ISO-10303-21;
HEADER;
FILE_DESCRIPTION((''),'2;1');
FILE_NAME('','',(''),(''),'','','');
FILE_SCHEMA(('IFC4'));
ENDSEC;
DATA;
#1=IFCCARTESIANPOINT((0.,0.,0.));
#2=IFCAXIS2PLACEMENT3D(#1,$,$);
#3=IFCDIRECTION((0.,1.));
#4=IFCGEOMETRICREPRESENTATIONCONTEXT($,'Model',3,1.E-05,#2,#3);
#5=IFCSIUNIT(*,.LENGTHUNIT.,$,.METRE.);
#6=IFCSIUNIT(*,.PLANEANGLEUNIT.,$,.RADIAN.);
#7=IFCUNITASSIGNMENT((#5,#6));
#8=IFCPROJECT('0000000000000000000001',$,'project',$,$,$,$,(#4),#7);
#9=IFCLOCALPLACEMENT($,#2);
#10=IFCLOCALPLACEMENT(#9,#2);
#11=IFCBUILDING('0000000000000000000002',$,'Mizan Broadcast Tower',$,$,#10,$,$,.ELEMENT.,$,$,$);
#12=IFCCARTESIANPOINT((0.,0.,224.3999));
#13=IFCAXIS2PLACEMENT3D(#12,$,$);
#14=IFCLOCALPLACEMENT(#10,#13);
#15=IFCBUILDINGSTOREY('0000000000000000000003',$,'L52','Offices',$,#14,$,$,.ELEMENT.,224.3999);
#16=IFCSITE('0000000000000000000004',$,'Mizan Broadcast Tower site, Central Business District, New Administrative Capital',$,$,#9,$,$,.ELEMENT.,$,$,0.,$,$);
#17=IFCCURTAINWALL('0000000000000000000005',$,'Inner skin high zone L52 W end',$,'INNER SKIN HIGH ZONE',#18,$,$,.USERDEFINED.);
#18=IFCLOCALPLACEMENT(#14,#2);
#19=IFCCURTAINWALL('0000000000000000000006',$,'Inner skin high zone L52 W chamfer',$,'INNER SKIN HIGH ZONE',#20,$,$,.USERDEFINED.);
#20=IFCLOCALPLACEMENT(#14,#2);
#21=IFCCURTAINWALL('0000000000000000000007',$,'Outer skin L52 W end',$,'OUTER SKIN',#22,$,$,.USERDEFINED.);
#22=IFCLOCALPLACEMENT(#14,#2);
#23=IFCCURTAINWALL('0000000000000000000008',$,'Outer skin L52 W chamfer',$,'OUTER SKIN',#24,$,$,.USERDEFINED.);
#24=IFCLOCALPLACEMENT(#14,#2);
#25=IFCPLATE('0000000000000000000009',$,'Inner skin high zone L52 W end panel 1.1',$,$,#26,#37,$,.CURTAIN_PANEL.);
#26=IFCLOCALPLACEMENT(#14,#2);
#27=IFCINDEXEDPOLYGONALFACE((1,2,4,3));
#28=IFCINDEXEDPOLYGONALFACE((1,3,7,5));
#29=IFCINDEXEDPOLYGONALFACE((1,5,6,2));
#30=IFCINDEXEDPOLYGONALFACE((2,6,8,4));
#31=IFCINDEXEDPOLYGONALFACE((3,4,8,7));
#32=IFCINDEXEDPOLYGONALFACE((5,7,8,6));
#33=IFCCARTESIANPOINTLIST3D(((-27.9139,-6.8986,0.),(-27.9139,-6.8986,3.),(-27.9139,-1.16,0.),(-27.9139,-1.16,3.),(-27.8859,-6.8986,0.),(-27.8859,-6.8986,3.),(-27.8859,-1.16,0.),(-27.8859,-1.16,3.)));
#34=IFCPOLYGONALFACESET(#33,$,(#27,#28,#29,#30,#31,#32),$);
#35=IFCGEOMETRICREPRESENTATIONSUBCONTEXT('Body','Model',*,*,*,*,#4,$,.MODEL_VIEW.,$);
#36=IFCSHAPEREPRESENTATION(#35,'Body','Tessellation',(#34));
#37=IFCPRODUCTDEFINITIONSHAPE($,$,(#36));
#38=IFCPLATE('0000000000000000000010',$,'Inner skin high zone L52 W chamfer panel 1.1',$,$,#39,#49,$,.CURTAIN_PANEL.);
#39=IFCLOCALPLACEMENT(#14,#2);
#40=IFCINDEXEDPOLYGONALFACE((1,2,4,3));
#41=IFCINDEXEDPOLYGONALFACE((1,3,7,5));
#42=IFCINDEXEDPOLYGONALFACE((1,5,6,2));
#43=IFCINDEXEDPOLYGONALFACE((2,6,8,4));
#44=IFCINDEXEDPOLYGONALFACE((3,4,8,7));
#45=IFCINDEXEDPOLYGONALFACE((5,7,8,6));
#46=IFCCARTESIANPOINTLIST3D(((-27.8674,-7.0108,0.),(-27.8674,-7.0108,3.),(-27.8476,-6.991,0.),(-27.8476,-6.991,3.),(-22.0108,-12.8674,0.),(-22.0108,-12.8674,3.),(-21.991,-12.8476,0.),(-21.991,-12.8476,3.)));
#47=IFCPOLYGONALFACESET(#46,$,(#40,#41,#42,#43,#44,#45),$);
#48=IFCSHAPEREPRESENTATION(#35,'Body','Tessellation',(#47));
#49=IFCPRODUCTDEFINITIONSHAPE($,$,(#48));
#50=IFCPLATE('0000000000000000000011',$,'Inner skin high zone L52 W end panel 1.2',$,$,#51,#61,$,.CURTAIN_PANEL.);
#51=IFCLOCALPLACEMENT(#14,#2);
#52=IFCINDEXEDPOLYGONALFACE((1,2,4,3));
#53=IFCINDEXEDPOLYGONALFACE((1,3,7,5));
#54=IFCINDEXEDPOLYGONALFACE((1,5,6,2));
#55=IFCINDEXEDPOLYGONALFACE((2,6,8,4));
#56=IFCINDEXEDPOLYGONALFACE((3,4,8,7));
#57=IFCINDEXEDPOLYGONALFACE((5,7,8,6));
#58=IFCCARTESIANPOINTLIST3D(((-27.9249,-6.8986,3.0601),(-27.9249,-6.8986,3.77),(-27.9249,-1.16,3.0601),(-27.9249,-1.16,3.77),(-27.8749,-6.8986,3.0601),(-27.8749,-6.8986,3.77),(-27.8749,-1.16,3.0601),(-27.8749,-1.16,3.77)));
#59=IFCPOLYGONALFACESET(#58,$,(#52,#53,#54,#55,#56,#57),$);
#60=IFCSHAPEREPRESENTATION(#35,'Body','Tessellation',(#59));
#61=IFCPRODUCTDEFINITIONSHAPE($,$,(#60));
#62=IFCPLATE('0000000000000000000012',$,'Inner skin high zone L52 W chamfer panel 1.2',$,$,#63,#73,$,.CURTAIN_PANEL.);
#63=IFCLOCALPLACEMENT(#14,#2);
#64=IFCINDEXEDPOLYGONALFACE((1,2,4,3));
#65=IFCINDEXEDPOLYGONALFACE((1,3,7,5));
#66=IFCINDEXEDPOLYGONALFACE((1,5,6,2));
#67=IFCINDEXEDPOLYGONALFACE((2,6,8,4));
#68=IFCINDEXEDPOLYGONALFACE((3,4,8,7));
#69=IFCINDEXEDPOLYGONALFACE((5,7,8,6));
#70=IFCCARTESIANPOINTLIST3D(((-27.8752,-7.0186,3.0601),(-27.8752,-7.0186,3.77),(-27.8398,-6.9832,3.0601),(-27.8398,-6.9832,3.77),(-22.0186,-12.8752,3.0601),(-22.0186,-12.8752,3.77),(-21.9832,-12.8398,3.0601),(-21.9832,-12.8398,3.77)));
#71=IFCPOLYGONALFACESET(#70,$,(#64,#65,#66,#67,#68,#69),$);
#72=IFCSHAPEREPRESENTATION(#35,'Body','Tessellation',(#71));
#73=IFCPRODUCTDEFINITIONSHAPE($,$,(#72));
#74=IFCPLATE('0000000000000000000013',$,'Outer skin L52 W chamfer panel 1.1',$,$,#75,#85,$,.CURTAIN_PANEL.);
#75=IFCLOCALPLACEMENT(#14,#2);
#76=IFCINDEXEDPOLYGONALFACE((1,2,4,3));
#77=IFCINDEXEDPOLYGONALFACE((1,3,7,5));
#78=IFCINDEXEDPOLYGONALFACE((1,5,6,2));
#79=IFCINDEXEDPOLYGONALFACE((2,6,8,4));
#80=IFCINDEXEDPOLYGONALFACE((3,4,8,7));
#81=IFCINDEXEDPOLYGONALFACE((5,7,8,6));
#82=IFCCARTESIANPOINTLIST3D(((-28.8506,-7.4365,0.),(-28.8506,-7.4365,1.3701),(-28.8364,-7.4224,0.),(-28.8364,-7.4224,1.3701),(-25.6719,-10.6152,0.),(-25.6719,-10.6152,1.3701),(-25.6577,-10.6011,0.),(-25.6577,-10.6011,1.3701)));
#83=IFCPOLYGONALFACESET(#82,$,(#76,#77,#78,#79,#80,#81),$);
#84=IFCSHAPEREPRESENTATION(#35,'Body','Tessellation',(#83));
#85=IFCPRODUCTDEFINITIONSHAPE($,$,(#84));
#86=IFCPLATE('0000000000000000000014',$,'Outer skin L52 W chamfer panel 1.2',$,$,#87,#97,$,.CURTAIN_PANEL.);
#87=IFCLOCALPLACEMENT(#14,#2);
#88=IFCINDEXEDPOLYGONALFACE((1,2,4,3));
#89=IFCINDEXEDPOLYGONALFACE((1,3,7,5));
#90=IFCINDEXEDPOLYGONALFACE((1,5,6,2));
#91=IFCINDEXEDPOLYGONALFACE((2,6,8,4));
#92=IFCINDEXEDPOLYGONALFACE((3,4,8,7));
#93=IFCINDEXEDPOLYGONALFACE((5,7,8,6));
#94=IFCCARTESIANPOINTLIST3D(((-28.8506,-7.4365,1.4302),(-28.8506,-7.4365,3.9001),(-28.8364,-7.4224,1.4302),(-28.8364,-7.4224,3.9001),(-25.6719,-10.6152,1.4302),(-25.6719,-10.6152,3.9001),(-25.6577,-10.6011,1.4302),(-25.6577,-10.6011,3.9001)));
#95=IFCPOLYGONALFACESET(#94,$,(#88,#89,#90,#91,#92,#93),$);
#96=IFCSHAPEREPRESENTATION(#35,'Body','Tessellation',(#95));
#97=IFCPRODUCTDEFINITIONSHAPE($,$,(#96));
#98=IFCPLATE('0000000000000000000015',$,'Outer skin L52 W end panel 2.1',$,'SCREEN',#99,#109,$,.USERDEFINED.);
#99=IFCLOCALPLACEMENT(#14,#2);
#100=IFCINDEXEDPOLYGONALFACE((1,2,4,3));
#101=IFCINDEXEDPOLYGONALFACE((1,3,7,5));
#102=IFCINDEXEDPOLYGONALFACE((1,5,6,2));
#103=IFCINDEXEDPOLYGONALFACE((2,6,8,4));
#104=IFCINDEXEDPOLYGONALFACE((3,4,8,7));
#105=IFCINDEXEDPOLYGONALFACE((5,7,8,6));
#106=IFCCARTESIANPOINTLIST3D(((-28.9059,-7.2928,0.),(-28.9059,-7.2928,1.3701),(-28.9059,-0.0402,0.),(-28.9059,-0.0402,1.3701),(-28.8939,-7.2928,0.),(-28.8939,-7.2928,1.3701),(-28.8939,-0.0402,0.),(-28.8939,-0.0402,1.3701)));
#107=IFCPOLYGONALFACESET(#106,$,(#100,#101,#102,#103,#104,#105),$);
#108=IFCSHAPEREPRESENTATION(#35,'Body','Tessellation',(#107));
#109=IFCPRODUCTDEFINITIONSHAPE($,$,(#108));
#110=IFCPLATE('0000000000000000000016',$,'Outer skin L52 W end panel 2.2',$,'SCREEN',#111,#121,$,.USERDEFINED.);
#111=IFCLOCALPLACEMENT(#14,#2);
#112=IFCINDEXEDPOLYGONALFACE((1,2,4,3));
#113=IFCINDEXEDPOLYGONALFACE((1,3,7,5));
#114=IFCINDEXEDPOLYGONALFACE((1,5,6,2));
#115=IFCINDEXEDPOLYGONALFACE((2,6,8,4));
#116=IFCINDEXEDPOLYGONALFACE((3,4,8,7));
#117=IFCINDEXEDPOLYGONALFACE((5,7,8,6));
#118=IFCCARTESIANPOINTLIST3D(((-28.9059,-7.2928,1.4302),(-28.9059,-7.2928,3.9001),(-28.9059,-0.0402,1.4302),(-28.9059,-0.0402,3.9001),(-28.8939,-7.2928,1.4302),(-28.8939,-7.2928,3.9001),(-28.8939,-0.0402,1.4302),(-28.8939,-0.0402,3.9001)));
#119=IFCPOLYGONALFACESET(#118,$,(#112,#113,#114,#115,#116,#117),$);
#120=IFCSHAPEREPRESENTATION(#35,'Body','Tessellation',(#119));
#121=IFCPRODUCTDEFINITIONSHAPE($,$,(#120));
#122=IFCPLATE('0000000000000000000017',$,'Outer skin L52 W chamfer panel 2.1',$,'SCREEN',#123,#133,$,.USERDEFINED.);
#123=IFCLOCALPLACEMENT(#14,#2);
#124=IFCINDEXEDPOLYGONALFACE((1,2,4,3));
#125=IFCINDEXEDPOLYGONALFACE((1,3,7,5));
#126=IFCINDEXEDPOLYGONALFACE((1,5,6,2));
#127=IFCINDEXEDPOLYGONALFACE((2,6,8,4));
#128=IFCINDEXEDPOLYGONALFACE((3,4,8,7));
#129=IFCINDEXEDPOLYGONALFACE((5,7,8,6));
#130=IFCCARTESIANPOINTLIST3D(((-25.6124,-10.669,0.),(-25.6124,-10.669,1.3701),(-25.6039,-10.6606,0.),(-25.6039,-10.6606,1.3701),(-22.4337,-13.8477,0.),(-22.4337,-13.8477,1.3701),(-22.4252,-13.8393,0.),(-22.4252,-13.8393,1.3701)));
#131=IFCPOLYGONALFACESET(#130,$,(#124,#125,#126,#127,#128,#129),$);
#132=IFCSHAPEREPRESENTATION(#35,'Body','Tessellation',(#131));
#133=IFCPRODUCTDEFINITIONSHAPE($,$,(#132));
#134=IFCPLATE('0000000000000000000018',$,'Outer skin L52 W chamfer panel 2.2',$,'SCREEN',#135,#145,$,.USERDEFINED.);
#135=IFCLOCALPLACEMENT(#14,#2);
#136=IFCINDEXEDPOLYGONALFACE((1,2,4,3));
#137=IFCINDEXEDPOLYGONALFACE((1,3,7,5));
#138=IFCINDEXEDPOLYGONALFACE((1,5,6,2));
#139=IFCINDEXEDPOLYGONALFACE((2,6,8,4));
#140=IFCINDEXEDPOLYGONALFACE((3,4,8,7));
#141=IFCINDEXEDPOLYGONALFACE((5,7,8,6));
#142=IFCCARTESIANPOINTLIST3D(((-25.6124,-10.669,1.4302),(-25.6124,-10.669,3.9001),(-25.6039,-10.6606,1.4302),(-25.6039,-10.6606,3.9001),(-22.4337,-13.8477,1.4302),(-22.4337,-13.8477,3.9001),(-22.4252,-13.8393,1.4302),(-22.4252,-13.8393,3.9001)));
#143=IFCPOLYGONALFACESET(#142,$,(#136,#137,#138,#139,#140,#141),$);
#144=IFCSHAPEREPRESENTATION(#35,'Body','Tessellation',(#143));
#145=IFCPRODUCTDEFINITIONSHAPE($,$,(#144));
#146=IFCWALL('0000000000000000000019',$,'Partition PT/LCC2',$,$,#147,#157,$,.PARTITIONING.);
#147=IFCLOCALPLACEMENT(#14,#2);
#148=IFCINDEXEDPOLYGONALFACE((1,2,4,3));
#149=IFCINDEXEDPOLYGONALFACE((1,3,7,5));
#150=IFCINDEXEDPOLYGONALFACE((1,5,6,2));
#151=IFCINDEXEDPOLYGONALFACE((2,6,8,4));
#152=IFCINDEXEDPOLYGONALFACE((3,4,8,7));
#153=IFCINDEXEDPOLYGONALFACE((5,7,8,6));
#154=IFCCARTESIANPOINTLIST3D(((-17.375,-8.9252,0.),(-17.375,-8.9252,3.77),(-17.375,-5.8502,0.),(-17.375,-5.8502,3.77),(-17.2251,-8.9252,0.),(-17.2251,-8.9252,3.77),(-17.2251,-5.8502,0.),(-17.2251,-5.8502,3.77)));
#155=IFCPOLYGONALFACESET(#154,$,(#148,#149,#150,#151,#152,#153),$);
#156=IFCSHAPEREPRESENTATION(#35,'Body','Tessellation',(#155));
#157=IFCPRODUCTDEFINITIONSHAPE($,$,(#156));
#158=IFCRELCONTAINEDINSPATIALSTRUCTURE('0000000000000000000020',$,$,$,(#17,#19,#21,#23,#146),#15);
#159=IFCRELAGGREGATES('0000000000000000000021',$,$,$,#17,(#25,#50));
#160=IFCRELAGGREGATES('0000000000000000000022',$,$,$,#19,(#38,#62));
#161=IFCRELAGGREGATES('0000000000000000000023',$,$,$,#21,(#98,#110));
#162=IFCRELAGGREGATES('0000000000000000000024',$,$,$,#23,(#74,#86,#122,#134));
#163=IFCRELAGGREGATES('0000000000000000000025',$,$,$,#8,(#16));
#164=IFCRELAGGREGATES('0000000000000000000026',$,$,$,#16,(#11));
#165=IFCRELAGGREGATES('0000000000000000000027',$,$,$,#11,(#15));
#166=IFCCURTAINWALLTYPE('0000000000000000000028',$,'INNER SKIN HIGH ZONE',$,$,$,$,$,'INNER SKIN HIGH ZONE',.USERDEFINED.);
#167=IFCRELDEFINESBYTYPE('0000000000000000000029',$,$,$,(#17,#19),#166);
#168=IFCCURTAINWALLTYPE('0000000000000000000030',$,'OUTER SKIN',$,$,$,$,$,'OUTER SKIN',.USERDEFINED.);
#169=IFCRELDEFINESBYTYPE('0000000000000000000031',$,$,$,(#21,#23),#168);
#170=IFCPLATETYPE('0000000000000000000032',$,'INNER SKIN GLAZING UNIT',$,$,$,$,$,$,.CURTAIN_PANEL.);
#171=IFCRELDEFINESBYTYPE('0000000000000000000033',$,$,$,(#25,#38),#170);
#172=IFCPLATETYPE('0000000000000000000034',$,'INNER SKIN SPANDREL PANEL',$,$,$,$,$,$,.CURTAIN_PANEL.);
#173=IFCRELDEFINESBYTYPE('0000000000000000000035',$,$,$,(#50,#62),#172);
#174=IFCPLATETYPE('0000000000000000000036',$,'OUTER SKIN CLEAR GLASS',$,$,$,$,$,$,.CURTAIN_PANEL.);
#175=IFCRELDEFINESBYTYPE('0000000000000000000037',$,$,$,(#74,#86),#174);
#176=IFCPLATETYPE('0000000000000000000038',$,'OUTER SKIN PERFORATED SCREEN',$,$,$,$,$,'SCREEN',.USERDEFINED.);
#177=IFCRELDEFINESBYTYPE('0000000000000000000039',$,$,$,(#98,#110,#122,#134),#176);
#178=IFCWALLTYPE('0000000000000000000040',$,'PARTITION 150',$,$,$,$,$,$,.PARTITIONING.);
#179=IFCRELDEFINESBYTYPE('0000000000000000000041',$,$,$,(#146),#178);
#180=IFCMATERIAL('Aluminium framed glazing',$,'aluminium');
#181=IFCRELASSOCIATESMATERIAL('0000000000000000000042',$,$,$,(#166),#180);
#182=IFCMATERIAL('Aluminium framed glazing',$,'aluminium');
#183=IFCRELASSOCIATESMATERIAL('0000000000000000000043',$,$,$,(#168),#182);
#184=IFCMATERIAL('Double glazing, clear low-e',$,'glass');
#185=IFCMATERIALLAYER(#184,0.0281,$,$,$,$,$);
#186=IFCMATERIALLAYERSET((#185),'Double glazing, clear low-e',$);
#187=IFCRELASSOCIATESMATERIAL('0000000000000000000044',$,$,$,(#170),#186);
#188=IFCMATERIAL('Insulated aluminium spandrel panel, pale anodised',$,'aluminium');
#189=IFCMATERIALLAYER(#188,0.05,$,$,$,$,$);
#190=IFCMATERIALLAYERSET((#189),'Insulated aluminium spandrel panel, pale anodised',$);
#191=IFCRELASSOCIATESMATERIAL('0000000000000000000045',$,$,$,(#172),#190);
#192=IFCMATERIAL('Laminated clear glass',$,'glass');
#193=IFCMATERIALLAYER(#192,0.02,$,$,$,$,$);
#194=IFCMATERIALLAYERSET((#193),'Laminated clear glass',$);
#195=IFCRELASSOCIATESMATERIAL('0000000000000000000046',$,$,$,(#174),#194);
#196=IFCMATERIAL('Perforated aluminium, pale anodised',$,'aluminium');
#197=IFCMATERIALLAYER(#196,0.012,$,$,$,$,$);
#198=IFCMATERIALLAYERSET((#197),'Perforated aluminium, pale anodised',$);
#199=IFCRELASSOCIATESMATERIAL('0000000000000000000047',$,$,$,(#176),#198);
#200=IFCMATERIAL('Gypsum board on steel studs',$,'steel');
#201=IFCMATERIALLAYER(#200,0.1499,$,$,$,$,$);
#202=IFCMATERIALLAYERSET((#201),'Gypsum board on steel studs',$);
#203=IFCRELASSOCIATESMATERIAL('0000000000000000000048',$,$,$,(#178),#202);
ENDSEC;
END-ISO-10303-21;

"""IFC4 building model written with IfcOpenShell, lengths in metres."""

from ifc_helpers import new_model, si_unit, direction, frame, frame_2d, origin, origin_2d, place, context, subcontext, project, spatial, rectangle, extrude, material, layer, layer_set, type_object, element, aggregate, save


model = new_model("IFC4")

# Units and contexts
model_context = context("Model", 3, precision=1e-05, world=origin(), true_north=direction((0.0, 1.0)))
body_context = subcontext(model_context, "Body", "Model", "MODEL_VIEW")
ifc_project = project(units=[si_unit("LENGTHUNIT", "METRE"), si_unit("PLANEANGLEUNIT", "RADIAN")], contexts=[model_context])

# Site, building, storey
site_placement = place(None, origin())
site = spatial("IfcSite", under=ifc_project, at=site_placement, Name="Mizan Broadcast Tower site, Central Business District, New Administrative Capital", CompositionType="ELEMENT", RefElevation=0.0)
building_placement = place(site_placement, origin())
building = spatial("IfcBuilding", under=site, at=building_placement, Name="Mizan Broadcast Tower", CompositionType="ELEMENT")
storey_placement = place(building_placement, frame((0.0, 0.0, 224.3999)))
storey = spatial("IfcBuildingStorey", under=building, at=storey_placement, Name="L52", Description="Offices", CompositionType="ELEMENT", Elevation=224.3999)

# Curtain wall
ifc_material_1 = material(Name="Aluminium framed glazing", Category="aluminium")
curtain_wall_type_1 = type_object("IfcCurtainWallType", Name="INNER SKIN HIGH ZONE", ElementType="INNER SKIN HIGH ZONE", PredefinedType="USERDEFINED", material=ifc_material_1)
curtain_wall_1_placement = place(storey_placement, origin())
curtain_wall_1 = element("IfcCurtainWall", 1, at=curtain_wall_1_placement, inside=storey, type_object=curtain_wall_type_1, Name="Inner skin high zone L52 W end", ObjectType="INNER SKIN HIGH ZONE", PredefinedType="USERDEFINED")

# Curtain walls
curtain_wall_2_placement = place(storey_placement, origin())
curtain_wall_2 = element("IfcCurtainWall", 2, at=curtain_wall_2_placement, inside=storey, type_object=curtain_wall_type_1, Name="Inner skin high zone L52 W chamfer", ObjectType="INNER SKIN HIGH ZONE", PredefinedType="USERDEFINED")
ifc_material_2 = material(Name="Aluminium framed glazing", Category="aluminium")
curtain_wall_type_2 = type_object("IfcCurtainWallType", Name="OUTER SKIN", ElementType="OUTER SKIN", PredefinedType="USERDEFINED", material=ifc_material_2)
curtain_wall_3_placement = place(storey_placement, origin())
curtain_wall_3 = element("IfcCurtainWall", 3, at=curtain_wall_3_placement, inside=storey, type_object=curtain_wall_type_2, Name="Outer skin L52 W end", ObjectType="OUTER SKIN", PredefinedType="USERDEFINED")

# Curtain wall
curtain_wall_4_placement = place(storey_placement, origin())
curtain_wall_4 = element("IfcCurtainWall", 4, at=curtain_wall_4_placement, inside=storey, type_object=curtain_wall_type_2, Name="Outer skin L52 W chamfer", ObjectType="OUTER SKIN", PredefinedType="USERDEFINED")

# Plates
ifc_material_3 = material(Name="Double glazing, clear low-e", Category="glass")
ifc_layer_1 = layer(ifc_material_3, 0.0281)
ifc_layer_set_1 = layer_set([ifc_layer_1], Name="Double glazing, clear low-e")
plate_type_1 = type_object("IfcPlateType", Name="INNER SKIN GLAZING UNIT", PredefinedType="CURTAIN_PANEL", material=ifc_layer_set_1)
plate_1_placement = place(storey_placement, frame((-27.8999, -4.0293, 0.0), z_axis=(0.0, 0.0, 1.0), x_axis=(0.0, -1.0, 0.0)))
plate_1 = element("IfcPlate", 5, at=plate_1_placement, type_object=plate_type_1, Name="Inner skin high zone L52 W end panel 1.1", PredefinedType="CURTAIN_PANEL", context=body_context, shape_type="SweptSolid", body=[
    extrude(rectangle(XDim=5.7385, YDim=0.0281, at=origin_2d()), origin(), (0.0, 0.0, 1.0), 3.0),
])
plate_2_placement = place(storey_placement, frame((-24.9292, -9.9292, 0.0), z_axis=(0.0, 0.0, 1.0), x_axis=(0.707107, -0.707107, 0.0)))
plate_2 = element("IfcPlate", 6, at=plate_2_placement, type_object=plate_type_1, Name="Inner skin high zone L52 W chamfer panel 1.1", PredefinedType="CURTAIN_PANEL", context=body_context, shape_type="SweptSolid", body=[
    extrude(rectangle(XDim=8.2825, YDim=0.0281, at=origin_2d()), origin(), (0.0, 0.0, 1.0), 3.0),
])
ifc_material_4 = material(Name="Insulated aluminium spandrel panel, pale anodised", Category="aluminium")
ifc_layer_2 = layer(ifc_material_4, 0.05)
ifc_layer_set_2 = layer_set([ifc_layer_2], Name="Insulated aluminium spandrel panel, pale anodised")
plate_type_2 = type_object("IfcPlateType", Name="INNER SKIN SPANDREL PANEL", PredefinedType="CURTAIN_PANEL", material=ifc_layer_set_2)
plate_3_placement = place(storey_placement, frame((-27.8999, -4.0293, 3.0601), z_axis=(0.0, 0.0, 1.0), x_axis=(0.0, -1.0, 0.0)))
plate_3 = element("IfcPlate", 7, at=plate_3_placement, type_object=plate_type_2, Name="Inner skin high zone L52 W end panel 1.2", PredefinedType="CURTAIN_PANEL", context=body_context, shape_type="SweptSolid", body=[
    extrude(rectangle(XDim=5.7385, YDim=0.05, at=origin_2d()), origin(), (0.0, 0.0, 1.0), 0.71),
])
aggregate(curtain_wall_1, [plate_1, plate_3])
plate_4_placement = place(storey_placement, frame((-24.9292, -9.9292, 3.0601), z_axis=(0.0, 0.0, 1.0), x_axis=(0.707107, -0.707107, 0.0)))
plate_4 = element("IfcPlate", 8, at=plate_4_placement, type_object=plate_type_2, Name="Inner skin high zone L52 W chamfer panel 1.2", PredefinedType="CURTAIN_PANEL", context=body_context, shape_type="SweptSolid", body=[
    extrude(rectangle(XDim=8.2825, YDim=0.05, at=origin_2d()), origin(), (0.0, 0.0, 1.0), 0.71),
])
aggregate(curtain_wall_2, [plate_2, plate_4])
ifc_material_5 = material(Name="Laminated clear glass", Category="glass")
ifc_layer_3 = layer(ifc_material_5, 0.02)
ifc_layer_set_3 = layer_set([ifc_layer_3], Name="Laminated clear glass")
plate_type_3 = type_object("IfcPlateType", Name="OUTER SKIN CLEAR GLASS", PredefinedType="CURTAIN_PANEL", material=ifc_layer_set_3)
plate_5_placement = place(storey_placement, frame((-27.2542, -9.0188, 0.0), z_axis=(0.0, 0.0, 1.0), x_axis=(0.707107, -0.707107, 0.0)))
plate_5 = element("IfcPlate", 9, at=plate_5_placement, type_object=plate_type_3, Name="Outer skin L52 W chamfer panel 1.1", PredefinedType="CURTAIN_PANEL", context=body_context, shape_type="SweptSolid", body=[
    extrude(rectangle(XDim=4.4954, YDim=0.02, at=origin_2d()), origin(), (0.0, 0.0, 1.0), 1.3701),
])
plate_6_placement = place(storey_placement, frame((-27.2542, -9.0188, 1.4302), z_axis=(0.0, 0.0, 1.0), x_axis=(0.707107, -0.707107, 0.0)))
plate_6 = element("IfcPlate", 10, at=plate_6_placement, type_object=plate_type_3, Name="Outer skin L52 W chamfer panel 1.2", PredefinedType="CURTAIN_PANEL", context=body_context, shape_type="SweptSolid", body=[
    extrude(rectangle(XDim=4.4954, YDim=0.02, at=origin_2d()), origin(), (0.0, 0.0, 1.0), 2.47),
])
ifc_material_6 = material(Name="Perforated aluminium, pale anodised", Category="aluminium")
ifc_layer_4 = layer(ifc_material_6, 0.012)
ifc_layer_set_4 = layer_set([ifc_layer_4], Name="Perforated aluminium, pale anodised")
plate_type_4 = type_object("IfcPlateType", Name="OUTER SKIN PERFORATED SCREEN", ElementType="SCREEN", PredefinedType="USERDEFINED", material=ifc_layer_set_4)
plate_7_placement = place(storey_placement, frame((-28.8999, -3.6665, 0.0), z_axis=(0.0, 0.0, 1.0), x_axis=(0.0, -1.0, 0.0)))
plate_7 = element("IfcPlate", 11, at=plate_7_placement, type_object=plate_type_4, Name="Outer skin L52 W end panel 2.1", ObjectType="SCREEN", PredefinedType="USERDEFINED", context=body_context, shape_type="SweptSolid", body=[
    extrude(rectangle(XDim=7.2527, YDim=0.012, at=origin_2d()), origin(), (0.0, 0.0, 1.0), 1.3701),
])
plate_8_placement = place(storey_placement, frame((-28.8999, -3.6665, 1.4302), z_axis=(0.0, 0.0, 1.0), x_axis=(0.0, -1.0, 0.0)))
plate_8 = element("IfcPlate", 12, at=plate_8_placement, type_object=plate_type_4, Name="Outer skin L52 W end panel 2.2", ObjectType="SCREEN", PredefinedType="USERDEFINED", context=body_context, shape_type="SweptSolid", body=[
    extrude(rectangle(XDim=7.2527, YDim=0.012, at=origin_2d()), origin(), (0.0, 0.0, 1.0), 2.47),
])
aggregate(curtain_wall_3, [plate_7, plate_8])
plate_9_placement = place(storey_placement, frame((-24.0188, -12.2542, 0.0), z_axis=(0.0, 0.0, 1.0), x_axis=(0.707107, -0.707107, 0.0)))
plate_9 = element("IfcPlate", 13, at=plate_9_placement, type_object=plate_type_4, Name="Outer skin L52 W chamfer panel 2.1", ObjectType="SCREEN", PredefinedType="USERDEFINED", context=body_context, shape_type="SweptSolid", body=[
    extrude(rectangle(XDim=4.4954, YDim=0.012, at=origin_2d()), origin(), (0.0, 0.0, 1.0), 1.3701),
])
plate_10_placement = place(storey_placement, frame((-24.0188, -12.2542, 1.4302), z_axis=(0.0, 0.0, 1.0), x_axis=(0.707107, -0.707107, 0.0)))
plate_10 = element("IfcPlate", 14, at=plate_10_placement, type_object=plate_type_4, Name="Outer skin L52 W chamfer panel 2.2", ObjectType="SCREEN", PredefinedType="USERDEFINED", context=body_context, shape_type="SweptSolid", body=[
    extrude(rectangle(XDim=4.4954, YDim=0.012, at=origin_2d()), origin(), (0.0, 0.0, 1.0), 2.47),
])
aggregate(curtain_wall_4, [plate_5, plate_6, plate_9, plate_10])

# Wall
ifc_material_7 = material(Name="Gypsum board on steel studs", Category="steel")
ifc_layer_5 = layer(ifc_material_7, 0.1499)
ifc_layer_set_5 = layer_set([ifc_layer_5], Name="Gypsum board on steel studs")
wall_type = type_object("IfcWallType", Name="PARTITION 150", PredefinedType="PARTITIONING", material=ifc_layer_set_5)
wall_placement = place(storey_placement, frame((-17.3, -5.8501, 0.0), z_axis=(0.0, 0.0, 1.0), x_axis=(0.0, -1.0, 0.0)))
element("IfcWall", 15, at=wall_placement, inside=storey, type_object=wall_type, Name="Partition PT/LCC2", PredefinedType="PARTITIONING", context=body_context, shape_type="SweptSolid", body=[
    extrude(rectangle(XDim=3.075, YDim=0.1499, at=frame_2d((1.5376, 0.0))), origin(), (0.0, 0.0, 1.0), 3.77),
])

save(model, "model.ifc")
